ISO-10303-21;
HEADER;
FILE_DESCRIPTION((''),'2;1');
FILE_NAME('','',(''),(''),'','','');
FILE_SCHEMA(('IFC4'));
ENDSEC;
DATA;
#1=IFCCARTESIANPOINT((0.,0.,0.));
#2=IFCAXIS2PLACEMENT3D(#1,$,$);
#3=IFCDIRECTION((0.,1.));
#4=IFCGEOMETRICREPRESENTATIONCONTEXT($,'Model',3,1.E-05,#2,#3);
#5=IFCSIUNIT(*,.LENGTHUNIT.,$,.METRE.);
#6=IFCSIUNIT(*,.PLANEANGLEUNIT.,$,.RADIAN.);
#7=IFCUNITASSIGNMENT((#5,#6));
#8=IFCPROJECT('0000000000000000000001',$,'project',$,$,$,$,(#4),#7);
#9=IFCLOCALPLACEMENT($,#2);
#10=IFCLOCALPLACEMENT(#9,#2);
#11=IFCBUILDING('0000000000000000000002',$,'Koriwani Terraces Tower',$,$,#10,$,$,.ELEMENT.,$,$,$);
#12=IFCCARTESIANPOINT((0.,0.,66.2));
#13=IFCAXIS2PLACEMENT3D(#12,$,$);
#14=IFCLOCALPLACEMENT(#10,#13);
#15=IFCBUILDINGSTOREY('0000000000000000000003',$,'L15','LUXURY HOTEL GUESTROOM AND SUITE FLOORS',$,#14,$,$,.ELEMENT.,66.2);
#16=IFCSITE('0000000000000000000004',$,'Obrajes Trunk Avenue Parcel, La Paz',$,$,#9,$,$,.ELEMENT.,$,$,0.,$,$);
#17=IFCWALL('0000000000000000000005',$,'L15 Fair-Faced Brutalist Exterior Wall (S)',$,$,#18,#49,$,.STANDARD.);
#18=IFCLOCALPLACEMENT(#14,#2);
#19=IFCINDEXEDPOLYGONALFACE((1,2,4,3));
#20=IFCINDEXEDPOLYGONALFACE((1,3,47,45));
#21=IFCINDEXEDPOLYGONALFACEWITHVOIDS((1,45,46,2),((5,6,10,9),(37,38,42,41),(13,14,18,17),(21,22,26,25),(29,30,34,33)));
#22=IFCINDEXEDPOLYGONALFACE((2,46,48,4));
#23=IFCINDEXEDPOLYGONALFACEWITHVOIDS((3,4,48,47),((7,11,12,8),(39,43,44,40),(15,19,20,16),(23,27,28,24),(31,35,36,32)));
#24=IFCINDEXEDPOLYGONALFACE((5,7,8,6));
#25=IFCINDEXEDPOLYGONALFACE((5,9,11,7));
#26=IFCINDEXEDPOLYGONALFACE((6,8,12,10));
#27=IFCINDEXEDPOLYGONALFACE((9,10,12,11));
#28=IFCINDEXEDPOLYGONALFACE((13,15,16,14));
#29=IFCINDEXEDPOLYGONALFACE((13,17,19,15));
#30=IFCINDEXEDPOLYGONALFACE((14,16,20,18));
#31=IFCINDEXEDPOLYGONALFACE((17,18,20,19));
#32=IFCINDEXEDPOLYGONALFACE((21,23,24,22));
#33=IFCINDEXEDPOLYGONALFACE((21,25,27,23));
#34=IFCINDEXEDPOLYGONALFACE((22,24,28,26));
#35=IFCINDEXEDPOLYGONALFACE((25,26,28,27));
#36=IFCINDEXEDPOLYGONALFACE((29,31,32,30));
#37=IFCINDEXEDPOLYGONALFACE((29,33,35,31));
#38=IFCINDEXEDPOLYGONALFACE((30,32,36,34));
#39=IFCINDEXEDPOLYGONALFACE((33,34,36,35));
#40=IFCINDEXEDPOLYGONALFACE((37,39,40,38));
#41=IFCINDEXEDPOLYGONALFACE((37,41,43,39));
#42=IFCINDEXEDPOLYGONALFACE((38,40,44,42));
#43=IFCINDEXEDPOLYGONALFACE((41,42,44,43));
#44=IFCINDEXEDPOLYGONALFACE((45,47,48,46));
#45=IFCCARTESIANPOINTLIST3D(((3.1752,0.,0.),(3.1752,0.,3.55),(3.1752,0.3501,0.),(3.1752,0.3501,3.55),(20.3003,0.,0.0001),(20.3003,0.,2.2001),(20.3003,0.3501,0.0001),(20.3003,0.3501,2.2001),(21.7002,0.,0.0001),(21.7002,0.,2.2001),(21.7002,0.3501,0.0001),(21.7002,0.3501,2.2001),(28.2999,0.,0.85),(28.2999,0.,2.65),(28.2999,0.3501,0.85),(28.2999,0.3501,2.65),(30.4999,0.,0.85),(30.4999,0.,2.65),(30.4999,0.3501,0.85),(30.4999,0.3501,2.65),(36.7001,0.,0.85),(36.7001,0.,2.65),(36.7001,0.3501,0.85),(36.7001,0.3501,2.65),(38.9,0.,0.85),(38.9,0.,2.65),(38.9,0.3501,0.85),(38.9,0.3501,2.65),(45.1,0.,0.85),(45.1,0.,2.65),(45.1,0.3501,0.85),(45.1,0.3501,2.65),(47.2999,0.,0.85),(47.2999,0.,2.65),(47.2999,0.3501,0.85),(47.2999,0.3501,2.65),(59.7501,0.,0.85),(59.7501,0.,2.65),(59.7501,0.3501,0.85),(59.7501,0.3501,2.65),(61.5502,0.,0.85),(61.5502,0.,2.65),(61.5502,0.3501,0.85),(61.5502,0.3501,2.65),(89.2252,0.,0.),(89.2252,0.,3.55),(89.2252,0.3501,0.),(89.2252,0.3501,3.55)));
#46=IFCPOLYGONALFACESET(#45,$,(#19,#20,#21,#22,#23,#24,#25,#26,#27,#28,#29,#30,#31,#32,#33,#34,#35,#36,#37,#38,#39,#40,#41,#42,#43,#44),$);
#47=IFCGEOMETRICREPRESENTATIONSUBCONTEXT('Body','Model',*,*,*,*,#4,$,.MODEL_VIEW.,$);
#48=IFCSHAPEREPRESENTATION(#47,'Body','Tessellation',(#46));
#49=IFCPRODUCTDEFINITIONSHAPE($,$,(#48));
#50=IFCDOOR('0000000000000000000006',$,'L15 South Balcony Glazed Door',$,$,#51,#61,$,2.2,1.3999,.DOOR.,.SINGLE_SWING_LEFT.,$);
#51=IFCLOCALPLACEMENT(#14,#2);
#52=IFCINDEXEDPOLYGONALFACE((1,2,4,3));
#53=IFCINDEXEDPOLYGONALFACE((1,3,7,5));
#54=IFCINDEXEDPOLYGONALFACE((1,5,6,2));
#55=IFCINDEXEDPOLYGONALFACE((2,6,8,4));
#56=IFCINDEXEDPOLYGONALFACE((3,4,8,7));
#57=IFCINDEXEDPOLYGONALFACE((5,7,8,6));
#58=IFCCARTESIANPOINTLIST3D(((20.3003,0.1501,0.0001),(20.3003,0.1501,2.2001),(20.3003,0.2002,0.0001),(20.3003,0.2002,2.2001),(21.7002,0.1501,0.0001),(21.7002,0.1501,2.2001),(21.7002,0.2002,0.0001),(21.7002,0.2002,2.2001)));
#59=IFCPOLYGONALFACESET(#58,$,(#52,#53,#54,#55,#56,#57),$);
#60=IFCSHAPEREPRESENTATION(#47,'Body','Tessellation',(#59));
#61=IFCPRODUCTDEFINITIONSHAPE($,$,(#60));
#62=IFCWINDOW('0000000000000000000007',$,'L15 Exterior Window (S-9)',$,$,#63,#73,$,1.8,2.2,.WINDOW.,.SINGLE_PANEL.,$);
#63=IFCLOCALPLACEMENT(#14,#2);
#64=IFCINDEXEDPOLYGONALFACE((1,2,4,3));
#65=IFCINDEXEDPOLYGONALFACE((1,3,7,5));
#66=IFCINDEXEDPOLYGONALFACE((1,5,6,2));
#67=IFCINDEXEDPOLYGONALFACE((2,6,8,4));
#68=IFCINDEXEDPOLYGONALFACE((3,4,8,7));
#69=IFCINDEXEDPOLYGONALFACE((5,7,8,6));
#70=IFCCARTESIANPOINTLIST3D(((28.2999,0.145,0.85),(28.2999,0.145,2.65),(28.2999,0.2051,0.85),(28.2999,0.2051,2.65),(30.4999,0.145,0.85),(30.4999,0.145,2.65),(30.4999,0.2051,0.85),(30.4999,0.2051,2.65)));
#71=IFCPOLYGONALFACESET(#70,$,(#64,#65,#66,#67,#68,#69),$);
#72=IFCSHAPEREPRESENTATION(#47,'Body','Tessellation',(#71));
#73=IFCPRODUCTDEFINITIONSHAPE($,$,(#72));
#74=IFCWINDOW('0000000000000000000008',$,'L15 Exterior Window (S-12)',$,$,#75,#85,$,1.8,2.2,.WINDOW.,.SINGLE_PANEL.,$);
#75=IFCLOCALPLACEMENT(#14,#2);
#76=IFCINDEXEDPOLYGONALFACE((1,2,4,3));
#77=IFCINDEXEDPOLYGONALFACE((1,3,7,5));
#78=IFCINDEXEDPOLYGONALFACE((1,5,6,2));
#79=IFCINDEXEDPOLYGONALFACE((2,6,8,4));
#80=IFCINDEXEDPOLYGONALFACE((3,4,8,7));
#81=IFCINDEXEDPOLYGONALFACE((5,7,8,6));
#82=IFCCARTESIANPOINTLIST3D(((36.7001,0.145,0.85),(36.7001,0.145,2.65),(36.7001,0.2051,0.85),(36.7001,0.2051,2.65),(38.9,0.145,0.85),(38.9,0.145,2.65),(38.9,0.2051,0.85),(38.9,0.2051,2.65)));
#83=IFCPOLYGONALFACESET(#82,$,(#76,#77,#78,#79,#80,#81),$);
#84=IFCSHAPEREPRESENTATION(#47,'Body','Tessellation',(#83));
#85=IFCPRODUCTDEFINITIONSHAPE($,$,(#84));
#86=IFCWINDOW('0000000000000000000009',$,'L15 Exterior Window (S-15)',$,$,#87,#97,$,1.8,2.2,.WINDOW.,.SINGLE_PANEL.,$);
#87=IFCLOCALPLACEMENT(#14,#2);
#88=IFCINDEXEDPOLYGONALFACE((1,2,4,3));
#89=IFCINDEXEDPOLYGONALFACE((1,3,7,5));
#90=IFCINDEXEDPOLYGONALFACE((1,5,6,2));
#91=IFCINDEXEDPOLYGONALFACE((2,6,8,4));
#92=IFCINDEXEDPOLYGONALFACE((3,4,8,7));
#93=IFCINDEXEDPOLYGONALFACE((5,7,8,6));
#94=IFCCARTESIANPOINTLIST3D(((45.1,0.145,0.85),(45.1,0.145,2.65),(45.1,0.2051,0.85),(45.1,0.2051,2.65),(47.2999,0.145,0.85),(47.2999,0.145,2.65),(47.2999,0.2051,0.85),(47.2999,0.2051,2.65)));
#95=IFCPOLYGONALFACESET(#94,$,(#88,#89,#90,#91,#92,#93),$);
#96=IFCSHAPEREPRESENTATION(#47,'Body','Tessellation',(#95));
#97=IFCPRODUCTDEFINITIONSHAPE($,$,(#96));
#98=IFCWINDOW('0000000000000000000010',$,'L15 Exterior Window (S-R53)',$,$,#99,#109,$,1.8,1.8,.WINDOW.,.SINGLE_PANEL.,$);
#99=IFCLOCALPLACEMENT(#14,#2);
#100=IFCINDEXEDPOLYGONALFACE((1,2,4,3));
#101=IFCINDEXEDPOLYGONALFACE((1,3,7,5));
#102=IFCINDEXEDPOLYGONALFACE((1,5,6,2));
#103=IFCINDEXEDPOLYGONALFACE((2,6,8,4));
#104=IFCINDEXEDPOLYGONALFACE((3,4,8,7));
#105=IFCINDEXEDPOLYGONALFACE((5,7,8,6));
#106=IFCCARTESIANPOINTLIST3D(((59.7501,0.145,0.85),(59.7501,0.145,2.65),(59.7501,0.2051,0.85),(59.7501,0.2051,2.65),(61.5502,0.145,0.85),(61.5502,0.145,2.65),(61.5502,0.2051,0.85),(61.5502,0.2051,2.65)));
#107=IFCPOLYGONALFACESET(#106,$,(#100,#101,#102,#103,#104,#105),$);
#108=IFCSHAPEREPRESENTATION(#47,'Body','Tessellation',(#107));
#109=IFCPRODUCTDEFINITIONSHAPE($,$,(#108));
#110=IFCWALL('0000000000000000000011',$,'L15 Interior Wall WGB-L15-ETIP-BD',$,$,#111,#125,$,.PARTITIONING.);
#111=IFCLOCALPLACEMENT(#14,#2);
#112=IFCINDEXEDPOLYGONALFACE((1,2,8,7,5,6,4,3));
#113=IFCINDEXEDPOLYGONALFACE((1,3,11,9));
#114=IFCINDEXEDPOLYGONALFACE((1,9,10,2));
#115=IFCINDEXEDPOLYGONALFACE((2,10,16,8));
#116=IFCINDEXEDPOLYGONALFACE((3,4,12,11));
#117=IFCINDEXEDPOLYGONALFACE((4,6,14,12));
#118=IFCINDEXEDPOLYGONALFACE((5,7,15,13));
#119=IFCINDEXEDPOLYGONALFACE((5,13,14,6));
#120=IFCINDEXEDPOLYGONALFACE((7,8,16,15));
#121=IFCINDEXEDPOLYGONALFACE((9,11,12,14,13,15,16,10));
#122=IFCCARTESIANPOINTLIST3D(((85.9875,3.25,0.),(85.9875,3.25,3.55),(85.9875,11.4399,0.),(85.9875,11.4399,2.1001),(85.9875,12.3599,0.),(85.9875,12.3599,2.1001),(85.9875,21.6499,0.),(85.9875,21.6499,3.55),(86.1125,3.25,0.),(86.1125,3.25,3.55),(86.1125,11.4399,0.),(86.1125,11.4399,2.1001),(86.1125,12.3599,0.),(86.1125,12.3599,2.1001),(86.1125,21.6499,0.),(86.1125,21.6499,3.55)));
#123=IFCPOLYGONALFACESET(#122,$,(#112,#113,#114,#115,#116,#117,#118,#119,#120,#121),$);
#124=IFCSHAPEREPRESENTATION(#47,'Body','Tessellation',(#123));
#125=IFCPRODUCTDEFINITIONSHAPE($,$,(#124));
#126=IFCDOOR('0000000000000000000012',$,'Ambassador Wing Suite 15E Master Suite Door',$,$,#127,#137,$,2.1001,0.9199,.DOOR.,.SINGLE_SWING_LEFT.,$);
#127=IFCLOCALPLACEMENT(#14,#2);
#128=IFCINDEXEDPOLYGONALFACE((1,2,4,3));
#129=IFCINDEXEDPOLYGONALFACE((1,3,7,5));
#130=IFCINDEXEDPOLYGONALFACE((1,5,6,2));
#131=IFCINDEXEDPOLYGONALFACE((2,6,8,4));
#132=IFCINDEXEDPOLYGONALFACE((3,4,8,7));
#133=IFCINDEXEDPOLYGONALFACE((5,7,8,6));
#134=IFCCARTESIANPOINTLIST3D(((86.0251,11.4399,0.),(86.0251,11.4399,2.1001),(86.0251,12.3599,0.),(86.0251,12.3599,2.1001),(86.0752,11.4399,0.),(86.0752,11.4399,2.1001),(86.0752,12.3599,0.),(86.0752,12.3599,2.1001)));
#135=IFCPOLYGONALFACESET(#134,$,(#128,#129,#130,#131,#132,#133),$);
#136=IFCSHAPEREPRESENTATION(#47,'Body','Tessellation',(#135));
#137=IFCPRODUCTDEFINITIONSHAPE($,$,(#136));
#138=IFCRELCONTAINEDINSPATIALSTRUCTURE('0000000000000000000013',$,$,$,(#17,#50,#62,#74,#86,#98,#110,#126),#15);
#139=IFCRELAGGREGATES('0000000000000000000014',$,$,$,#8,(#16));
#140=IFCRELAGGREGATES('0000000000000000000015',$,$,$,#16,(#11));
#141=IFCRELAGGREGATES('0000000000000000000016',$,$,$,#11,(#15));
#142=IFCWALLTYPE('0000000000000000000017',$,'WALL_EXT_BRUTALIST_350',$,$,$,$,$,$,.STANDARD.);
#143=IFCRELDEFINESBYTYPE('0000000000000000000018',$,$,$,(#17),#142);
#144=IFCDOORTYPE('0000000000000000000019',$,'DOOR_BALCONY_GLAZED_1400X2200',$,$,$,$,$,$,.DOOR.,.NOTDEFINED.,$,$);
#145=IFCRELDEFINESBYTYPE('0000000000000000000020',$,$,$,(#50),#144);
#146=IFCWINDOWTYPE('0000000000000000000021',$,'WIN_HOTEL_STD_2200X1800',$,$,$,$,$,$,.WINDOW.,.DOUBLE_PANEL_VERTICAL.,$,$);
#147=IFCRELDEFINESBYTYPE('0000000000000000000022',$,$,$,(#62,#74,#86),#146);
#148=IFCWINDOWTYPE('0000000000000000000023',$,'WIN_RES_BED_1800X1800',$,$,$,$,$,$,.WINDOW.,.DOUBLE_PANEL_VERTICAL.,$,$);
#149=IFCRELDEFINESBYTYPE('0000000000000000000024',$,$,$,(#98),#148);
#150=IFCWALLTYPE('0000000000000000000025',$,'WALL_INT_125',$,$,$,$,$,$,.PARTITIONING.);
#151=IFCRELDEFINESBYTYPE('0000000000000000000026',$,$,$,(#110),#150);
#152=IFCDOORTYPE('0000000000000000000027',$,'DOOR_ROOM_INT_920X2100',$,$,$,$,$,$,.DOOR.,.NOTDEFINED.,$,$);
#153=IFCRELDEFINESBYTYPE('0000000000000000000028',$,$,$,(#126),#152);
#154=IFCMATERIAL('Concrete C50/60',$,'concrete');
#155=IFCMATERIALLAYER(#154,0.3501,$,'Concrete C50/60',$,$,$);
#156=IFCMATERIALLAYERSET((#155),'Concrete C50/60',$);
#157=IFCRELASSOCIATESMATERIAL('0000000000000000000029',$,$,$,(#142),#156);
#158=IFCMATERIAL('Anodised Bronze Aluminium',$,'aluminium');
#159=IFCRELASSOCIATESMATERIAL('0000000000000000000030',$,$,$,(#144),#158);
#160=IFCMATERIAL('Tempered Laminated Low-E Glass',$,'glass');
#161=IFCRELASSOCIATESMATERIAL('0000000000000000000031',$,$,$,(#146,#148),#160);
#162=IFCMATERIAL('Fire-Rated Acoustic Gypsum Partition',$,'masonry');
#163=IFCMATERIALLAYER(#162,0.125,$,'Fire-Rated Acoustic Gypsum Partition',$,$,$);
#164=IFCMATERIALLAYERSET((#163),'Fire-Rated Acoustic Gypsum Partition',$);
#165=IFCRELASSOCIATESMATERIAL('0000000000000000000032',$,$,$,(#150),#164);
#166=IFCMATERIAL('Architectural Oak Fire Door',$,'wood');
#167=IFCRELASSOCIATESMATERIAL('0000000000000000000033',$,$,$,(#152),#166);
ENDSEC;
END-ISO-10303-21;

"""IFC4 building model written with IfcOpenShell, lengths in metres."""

from ifc_helpers import new_model, si_unit, direction, frame, frame_2d, origin, place, context, subcontext, project, spatial, rectangle, extrude, material, layer, layer_set, type_object, element, fill, save


model = new_model("IFC4")

# Units and contexts
model_context = context("Model", 3, precision=1e-05, world=origin(), true_north=direction((0.0, 1.0)))
body_context = subcontext(model_context, "Body", "Model", "MODEL_VIEW")
ifc_project = project(units=[si_unit("LENGTHUNIT", "METRE"), si_unit("PLANEANGLEUNIT", "RADIAN")], contexts=[model_context])

# Site, building, storey
site_placement = place(None, origin())
site = spatial("IfcSite", under=ifc_project, at=site_placement, Name="Obrajes Trunk Avenue Parcel, La Paz", CompositionType="ELEMENT", RefElevation=0.0)
building_placement = place(site_placement, origin())
building = spatial("IfcBuilding", under=site, at=building_placement, Name="Koriwani Terraces Tower", CompositionType="ELEMENT")
storey_placement = place(building_placement, frame((0.0, 0.0, 66.2)))
storey = spatial("IfcBuildingStorey", under=building, at=storey_placement, Name="L15", Description="LUXURY HOTEL GUESTROOM AND SUITE FLOORS", CompositionType="ELEMENT", Elevation=66.2)

# Shared definitions
ifc_material_1 = material(Name="Concrete C50/60", Category="concrete")

# Shared definitions
ifc_layer_1 = layer(ifc_material_1, 0.3501, Name="Concrete C50/60")
ifc_layer_set_1 = layer_set([ifc_layer_1], Name="Concrete C50/60")
wall_type_1 = type_object("IfcWallType", Name="WALL_EXT_BRUTALIST_350", PredefinedType="STANDARD", material=ifc_layer_set_1)

# Wall, openings, door, windows
wall_1_placement = place(storey_placement, frame((89.2251, 0.175, 0.0), z_axis=(0.0, 0.0, 1.0), x_axis=(-1.0, 0.0, 0.0)))
wall_1 = element("IfcWall", 1, at=wall_1_placement, inside=storey, type_object=wall_type_1, Name="L15 Fair-Faced Brutalist Exterior Wall (S)", PredefinedType="STANDARD", context=body_context, shape_type="SweptSolid", body=[
    extrude(rectangle(XDim=86.05, YDim=0.3501, at=frame_2d((43.0249, 0.0))), origin(), (0.0, 0.0, 1.0), 3.55),
])
opening_1_placement = place(wall_1_placement, frame((67.5249, 0.0, 0.0)))
opening_1 = element("IfcOpeningElement", 2, at=opening_1_placement, cuts=wall_1, PredefinedType="OPENING", context=body_context, shape_type="SweptSolid", body=[
    extrude(rectangle(XDim=1.3999, YDim=2.2, at=frame_2d((0.7, 1.1001))), frame((0.0, 0.1851, 0.0), z_axis=(0.0, -1.0, 0.0), x_axis=(1.0, 0.0, 0.0)), (0.0, 0.0, 1.0), 0.3701),
])
opening_2_placement = place(wall_1_placement, frame((58.7251, 0.0, 0.8501)))
opening_2 = element("IfcOpeningElement", 3, at=opening_2_placement, cuts=wall_1, PredefinedType="OPENING", context=body_context, shape_type="SweptSolid", body=[
    extrude(rectangle(XDim=2.2, YDim=1.8, at=frame_2d((1.1001, 0.8999))), frame((0.0, 0.1851, 0.0), z_axis=(0.0, -1.0, 0.0), x_axis=(1.0, 0.0, 0.0)), (0.0, 0.0, 1.0), 0.3701),
])
opening_3_placement = place(wall_1_placement, frame((50.325, 0.0, 0.8501)))
opening_3 = element("IfcOpeningElement", 4, at=opening_3_placement, cuts=wall_1, PredefinedType="OPENING", context=body_context, shape_type="SweptSolid", body=[
    extrude(rectangle(XDim=2.2, YDim=1.8, at=frame_2d((1.1001, 0.8999))), frame((0.0, 0.1851, 0.0), z_axis=(0.0, -1.0, 0.0), x_axis=(1.0, 0.0, 0.0)), (0.0, 0.0, 1.0), 0.3701),
])
opening_4_placement = place(wall_1_placement, frame((41.925, 0.0, 0.8501)))
opening_4 = element("IfcOpeningElement", 5, at=opening_4_placement, cuts=wall_1, PredefinedType="OPENING", context=body_context, shape_type="SweptSolid", body=[
    extrude(rectangle(XDim=2.2, YDim=1.8, at=frame_2d((1.1001, 0.8999))), frame((0.0, 0.1851, 0.0), z_axis=(0.0, -1.0, 0.0), x_axis=(1.0, 0.0, 0.0)), (0.0, 0.0, 1.0), 0.3701),
])
opening_5_placement = place(wall_1_placement, frame((27.675, 0.0, 0.8501)))
opening_5 = element("IfcOpeningElement", 6, at=opening_5_placement, cuts=wall_1, PredefinedType="OPENING", context=body_context, shape_type="SweptSolid", body=[
    extrude(rectangle(XDim=1.8, YDim=1.8, at=frame_2d((0.8999, 0.8999))), frame((0.0, 0.1851, 0.0), z_axis=(0.0, -1.0, 0.0), x_axis=(1.0, 0.0, 0.0)), (0.0, 0.0, 1.0), 0.3701),
])
ifc_material_2 = material(Name="Anodised Bronze Aluminium", Category="aluminium")
door_type_1 = type_object("IfcDoorType", Name="DOOR_BALCONY_GLAZED_1400X2200", OperationType="NOTDEFINED", PredefinedType="DOOR", material=ifc_material_2)
door_1_placement = place(opening_1_placement, origin())
door_1 = element("IfcDoor", 7, at=door_1_placement, inside=storey, type_object=door_type_1, Name="L15 South Balcony Glazed Door", OperationType="SINGLE_SWING_LEFT", OverallHeight=2.2, OverallWidth=1.3999, PredefinedType="DOOR", context=body_context, shape_type="SweptSolid", body=[
    extrude(rectangle(XDim=1.3999, YDim=2.2, at=frame_2d((0.7, 1.1001))), frame((0.0, 0.0249, 0.0), z_axis=(0.0, -1.0, 0.0), x_axis=(1.0, 0.0, 0.0)), (0.0, 0.0, 1.0), 0.05),
])
fill(opening_1, door_1)
ifc_material_3 = material(Name="Tempered Laminated Low-E Glass", Category="glass")
window_type_1 = type_object("IfcWindowType", Name="WIN_HOTEL_STD_2200X1800", PartitioningType="DOUBLE_PANEL_VERTICAL", PredefinedType="WINDOW", material=ifc_material_3)
window_1_placement = place(opening_2_placement, origin())
window_1 = element("IfcWindow", 8, at=window_1_placement, inside=storey, type_object=window_type_1, Name="L15 Exterior Window (S-9)", OverallHeight=1.8, OverallWidth=2.2, PartitioningType="SINGLE_PANEL", PredefinedType="WINDOW", context=body_context, shape_type="SweptSolid", body=[
    extrude(rectangle(XDim=2.2, YDim=1.8, at=frame_2d((1.1001, 0.8999))), frame((0.0, 0.03, 0.0), z_axis=(0.0, -1.0, 0.0), x_axis=(1.0, 0.0, 0.0)), (0.0, 0.0, 1.0), 0.0601),
])
fill(opening_2, window_1)
window_2_placement = place(opening_3_placement, origin())
window_2 = element("IfcWindow", 9, at=window_2_placement, inside=storey, type_object=window_type_1, Name="L15 Exterior Window (S-12)", OverallHeight=1.8, OverallWidth=2.2, PartitioningType="SINGLE_PANEL", PredefinedType="WINDOW", context=body_context, shape_type="SweptSolid", body=[
    extrude(rectangle(XDim=2.2, YDim=1.8, at=frame_2d((1.1001, 0.8999))), frame((0.0, 0.03, 0.0), z_axis=(0.0, -1.0, 0.0), x_axis=(1.0, 0.0, 0.0)), (0.0, 0.0, 1.0), 0.0601),
])
fill(opening_3, window_2)
window_3_placement = place(opening_4_placement, origin())
window_3 = element("IfcWindow", 10, at=window_3_placement, inside=storey, type_object=window_type_1, Name="L15 Exterior Window (S-15)", OverallHeight=1.8, OverallWidth=2.2, PartitioningType="SINGLE_PANEL", PredefinedType="WINDOW", context=body_context, shape_type="SweptSolid", body=[
    extrude(rectangle(XDim=2.2, YDim=1.8, at=frame_2d((1.1001, 0.8999))), frame((0.0, 0.03, 0.0), z_axis=(0.0, -1.0, 0.0), x_axis=(1.0, 0.0, 0.0)), (0.0, 0.0, 1.0), 0.0601),
])
fill(opening_4, window_3)
window_type_2 = type_object("IfcWindowType", Name="WIN_RES_BED_1800X1800", PartitioningType="DOUBLE_PANEL_VERTICAL", PredefinedType="WINDOW", material=ifc_material_3)
window_4_placement = place(opening_5_placement, origin())
window_4 = element("IfcWindow", 11, at=window_4_placement, inside=storey, type_object=window_type_2, Name="L15 Exterior Window (S-R53)", OverallHeight=1.8, OverallWidth=1.8, PartitioningType="SINGLE_PANEL", PredefinedType="WINDOW", context=body_context, shape_type="SweptSolid", body=[
    extrude(rectangle(XDim=1.8, YDim=1.8, at=frame_2d((0.8999, 0.8999))), frame((0.0, 0.03, 0.0), z_axis=(0.0, -1.0, 0.0), x_axis=(1.0, 0.0, 0.0)), (0.0, 0.0, 1.0), 0.0601),
])
fill(opening_5, window_4)

# Wall, opening, door
ifc_material_4 = material(Name="Fire-Rated Acoustic Gypsum Partition", Category="masonry")
ifc_layer_2 = layer(ifc_material_4, 0.125, Name="Fire-Rated Acoustic Gypsum Partition")
ifc_layer_set_2 = layer_set([ifc_layer_2], Name="Fire-Rated Acoustic Gypsum Partition")
wall_type_2 = type_object("IfcWallType", Name="WALL_INT_125", PredefinedType="PARTITIONING", material=ifc_layer_set_2)
wall_2_placement = place(storey_placement, frame((86.05, 3.25, 0.0), z_axis=(0.0, 0.0, 1.0), x_axis=(0.0, 1.0, 0.0)))
wall_2 = element("IfcWall", 12, at=wall_2_placement, inside=storey, type_object=wall_type_2, Name="L15 Interior Wall WGB-L15-ETIP-BD", PredefinedType="PARTITIONING", context=body_context, shape_type="SweptSolid", body=[
    extrude(rectangle(XDim=18.3999, YDim=0.125, at=frame_2d((9.2, 0.0))), origin(), (0.0, 0.0, 1.0), 3.55),
])
opening_6_placement = place(wall_2_placement, frame((8.1899, 0.0, 0.0)))
opening_6 = element("IfcOpeningElement", 13, at=opening_6_placement, cuts=wall_2, PredefinedType="OPENING", context=body_context, shape_type="SweptSolid", body=[
    extrude(rectangle(XDim=0.9199, YDim=2.1001, at=frame_2d((0.46, 1.05))), frame((0.0, 0.0725, 0.0), z_axis=(0.0, -1.0, 0.0), x_axis=(1.0, 0.0, 0.0)), (0.0, 0.0, 1.0), 0.145),
])
ifc_material_5 = material(Name="Architectural Oak Fire Door", Category="wood")
door_type_2 = type_object("IfcDoorType", Name="DOOR_ROOM_INT_920X2100", OperationType="NOTDEFINED", PredefinedType="DOOR", material=ifc_material_5)
door_2_placement = place(opening_6_placement, origin())
door_2 = element("IfcDoor", 14, at=door_2_placement, inside=storey, type_object=door_type_2, Name="Ambassador Wing Suite 15E Master Suite Door", OperationType="SINGLE_SWING_LEFT", OverallHeight=2.1001, OverallWidth=0.9199, PredefinedType="DOOR", context=body_context, shape_type="SweptSolid", body=[
    extrude(rectangle(XDim=0.9199, YDim=2.1001, at=frame_2d((0.46, 1.05))), frame((0.0, 0.0249, 0.0), z_axis=(0.0, -1.0, 0.0), x_axis=(1.0, 0.0, 0.0)), (0.0, 0.0, 1.0), 0.05),
])
fill(opening_6, door_2)

save(model, "model.ifc")
